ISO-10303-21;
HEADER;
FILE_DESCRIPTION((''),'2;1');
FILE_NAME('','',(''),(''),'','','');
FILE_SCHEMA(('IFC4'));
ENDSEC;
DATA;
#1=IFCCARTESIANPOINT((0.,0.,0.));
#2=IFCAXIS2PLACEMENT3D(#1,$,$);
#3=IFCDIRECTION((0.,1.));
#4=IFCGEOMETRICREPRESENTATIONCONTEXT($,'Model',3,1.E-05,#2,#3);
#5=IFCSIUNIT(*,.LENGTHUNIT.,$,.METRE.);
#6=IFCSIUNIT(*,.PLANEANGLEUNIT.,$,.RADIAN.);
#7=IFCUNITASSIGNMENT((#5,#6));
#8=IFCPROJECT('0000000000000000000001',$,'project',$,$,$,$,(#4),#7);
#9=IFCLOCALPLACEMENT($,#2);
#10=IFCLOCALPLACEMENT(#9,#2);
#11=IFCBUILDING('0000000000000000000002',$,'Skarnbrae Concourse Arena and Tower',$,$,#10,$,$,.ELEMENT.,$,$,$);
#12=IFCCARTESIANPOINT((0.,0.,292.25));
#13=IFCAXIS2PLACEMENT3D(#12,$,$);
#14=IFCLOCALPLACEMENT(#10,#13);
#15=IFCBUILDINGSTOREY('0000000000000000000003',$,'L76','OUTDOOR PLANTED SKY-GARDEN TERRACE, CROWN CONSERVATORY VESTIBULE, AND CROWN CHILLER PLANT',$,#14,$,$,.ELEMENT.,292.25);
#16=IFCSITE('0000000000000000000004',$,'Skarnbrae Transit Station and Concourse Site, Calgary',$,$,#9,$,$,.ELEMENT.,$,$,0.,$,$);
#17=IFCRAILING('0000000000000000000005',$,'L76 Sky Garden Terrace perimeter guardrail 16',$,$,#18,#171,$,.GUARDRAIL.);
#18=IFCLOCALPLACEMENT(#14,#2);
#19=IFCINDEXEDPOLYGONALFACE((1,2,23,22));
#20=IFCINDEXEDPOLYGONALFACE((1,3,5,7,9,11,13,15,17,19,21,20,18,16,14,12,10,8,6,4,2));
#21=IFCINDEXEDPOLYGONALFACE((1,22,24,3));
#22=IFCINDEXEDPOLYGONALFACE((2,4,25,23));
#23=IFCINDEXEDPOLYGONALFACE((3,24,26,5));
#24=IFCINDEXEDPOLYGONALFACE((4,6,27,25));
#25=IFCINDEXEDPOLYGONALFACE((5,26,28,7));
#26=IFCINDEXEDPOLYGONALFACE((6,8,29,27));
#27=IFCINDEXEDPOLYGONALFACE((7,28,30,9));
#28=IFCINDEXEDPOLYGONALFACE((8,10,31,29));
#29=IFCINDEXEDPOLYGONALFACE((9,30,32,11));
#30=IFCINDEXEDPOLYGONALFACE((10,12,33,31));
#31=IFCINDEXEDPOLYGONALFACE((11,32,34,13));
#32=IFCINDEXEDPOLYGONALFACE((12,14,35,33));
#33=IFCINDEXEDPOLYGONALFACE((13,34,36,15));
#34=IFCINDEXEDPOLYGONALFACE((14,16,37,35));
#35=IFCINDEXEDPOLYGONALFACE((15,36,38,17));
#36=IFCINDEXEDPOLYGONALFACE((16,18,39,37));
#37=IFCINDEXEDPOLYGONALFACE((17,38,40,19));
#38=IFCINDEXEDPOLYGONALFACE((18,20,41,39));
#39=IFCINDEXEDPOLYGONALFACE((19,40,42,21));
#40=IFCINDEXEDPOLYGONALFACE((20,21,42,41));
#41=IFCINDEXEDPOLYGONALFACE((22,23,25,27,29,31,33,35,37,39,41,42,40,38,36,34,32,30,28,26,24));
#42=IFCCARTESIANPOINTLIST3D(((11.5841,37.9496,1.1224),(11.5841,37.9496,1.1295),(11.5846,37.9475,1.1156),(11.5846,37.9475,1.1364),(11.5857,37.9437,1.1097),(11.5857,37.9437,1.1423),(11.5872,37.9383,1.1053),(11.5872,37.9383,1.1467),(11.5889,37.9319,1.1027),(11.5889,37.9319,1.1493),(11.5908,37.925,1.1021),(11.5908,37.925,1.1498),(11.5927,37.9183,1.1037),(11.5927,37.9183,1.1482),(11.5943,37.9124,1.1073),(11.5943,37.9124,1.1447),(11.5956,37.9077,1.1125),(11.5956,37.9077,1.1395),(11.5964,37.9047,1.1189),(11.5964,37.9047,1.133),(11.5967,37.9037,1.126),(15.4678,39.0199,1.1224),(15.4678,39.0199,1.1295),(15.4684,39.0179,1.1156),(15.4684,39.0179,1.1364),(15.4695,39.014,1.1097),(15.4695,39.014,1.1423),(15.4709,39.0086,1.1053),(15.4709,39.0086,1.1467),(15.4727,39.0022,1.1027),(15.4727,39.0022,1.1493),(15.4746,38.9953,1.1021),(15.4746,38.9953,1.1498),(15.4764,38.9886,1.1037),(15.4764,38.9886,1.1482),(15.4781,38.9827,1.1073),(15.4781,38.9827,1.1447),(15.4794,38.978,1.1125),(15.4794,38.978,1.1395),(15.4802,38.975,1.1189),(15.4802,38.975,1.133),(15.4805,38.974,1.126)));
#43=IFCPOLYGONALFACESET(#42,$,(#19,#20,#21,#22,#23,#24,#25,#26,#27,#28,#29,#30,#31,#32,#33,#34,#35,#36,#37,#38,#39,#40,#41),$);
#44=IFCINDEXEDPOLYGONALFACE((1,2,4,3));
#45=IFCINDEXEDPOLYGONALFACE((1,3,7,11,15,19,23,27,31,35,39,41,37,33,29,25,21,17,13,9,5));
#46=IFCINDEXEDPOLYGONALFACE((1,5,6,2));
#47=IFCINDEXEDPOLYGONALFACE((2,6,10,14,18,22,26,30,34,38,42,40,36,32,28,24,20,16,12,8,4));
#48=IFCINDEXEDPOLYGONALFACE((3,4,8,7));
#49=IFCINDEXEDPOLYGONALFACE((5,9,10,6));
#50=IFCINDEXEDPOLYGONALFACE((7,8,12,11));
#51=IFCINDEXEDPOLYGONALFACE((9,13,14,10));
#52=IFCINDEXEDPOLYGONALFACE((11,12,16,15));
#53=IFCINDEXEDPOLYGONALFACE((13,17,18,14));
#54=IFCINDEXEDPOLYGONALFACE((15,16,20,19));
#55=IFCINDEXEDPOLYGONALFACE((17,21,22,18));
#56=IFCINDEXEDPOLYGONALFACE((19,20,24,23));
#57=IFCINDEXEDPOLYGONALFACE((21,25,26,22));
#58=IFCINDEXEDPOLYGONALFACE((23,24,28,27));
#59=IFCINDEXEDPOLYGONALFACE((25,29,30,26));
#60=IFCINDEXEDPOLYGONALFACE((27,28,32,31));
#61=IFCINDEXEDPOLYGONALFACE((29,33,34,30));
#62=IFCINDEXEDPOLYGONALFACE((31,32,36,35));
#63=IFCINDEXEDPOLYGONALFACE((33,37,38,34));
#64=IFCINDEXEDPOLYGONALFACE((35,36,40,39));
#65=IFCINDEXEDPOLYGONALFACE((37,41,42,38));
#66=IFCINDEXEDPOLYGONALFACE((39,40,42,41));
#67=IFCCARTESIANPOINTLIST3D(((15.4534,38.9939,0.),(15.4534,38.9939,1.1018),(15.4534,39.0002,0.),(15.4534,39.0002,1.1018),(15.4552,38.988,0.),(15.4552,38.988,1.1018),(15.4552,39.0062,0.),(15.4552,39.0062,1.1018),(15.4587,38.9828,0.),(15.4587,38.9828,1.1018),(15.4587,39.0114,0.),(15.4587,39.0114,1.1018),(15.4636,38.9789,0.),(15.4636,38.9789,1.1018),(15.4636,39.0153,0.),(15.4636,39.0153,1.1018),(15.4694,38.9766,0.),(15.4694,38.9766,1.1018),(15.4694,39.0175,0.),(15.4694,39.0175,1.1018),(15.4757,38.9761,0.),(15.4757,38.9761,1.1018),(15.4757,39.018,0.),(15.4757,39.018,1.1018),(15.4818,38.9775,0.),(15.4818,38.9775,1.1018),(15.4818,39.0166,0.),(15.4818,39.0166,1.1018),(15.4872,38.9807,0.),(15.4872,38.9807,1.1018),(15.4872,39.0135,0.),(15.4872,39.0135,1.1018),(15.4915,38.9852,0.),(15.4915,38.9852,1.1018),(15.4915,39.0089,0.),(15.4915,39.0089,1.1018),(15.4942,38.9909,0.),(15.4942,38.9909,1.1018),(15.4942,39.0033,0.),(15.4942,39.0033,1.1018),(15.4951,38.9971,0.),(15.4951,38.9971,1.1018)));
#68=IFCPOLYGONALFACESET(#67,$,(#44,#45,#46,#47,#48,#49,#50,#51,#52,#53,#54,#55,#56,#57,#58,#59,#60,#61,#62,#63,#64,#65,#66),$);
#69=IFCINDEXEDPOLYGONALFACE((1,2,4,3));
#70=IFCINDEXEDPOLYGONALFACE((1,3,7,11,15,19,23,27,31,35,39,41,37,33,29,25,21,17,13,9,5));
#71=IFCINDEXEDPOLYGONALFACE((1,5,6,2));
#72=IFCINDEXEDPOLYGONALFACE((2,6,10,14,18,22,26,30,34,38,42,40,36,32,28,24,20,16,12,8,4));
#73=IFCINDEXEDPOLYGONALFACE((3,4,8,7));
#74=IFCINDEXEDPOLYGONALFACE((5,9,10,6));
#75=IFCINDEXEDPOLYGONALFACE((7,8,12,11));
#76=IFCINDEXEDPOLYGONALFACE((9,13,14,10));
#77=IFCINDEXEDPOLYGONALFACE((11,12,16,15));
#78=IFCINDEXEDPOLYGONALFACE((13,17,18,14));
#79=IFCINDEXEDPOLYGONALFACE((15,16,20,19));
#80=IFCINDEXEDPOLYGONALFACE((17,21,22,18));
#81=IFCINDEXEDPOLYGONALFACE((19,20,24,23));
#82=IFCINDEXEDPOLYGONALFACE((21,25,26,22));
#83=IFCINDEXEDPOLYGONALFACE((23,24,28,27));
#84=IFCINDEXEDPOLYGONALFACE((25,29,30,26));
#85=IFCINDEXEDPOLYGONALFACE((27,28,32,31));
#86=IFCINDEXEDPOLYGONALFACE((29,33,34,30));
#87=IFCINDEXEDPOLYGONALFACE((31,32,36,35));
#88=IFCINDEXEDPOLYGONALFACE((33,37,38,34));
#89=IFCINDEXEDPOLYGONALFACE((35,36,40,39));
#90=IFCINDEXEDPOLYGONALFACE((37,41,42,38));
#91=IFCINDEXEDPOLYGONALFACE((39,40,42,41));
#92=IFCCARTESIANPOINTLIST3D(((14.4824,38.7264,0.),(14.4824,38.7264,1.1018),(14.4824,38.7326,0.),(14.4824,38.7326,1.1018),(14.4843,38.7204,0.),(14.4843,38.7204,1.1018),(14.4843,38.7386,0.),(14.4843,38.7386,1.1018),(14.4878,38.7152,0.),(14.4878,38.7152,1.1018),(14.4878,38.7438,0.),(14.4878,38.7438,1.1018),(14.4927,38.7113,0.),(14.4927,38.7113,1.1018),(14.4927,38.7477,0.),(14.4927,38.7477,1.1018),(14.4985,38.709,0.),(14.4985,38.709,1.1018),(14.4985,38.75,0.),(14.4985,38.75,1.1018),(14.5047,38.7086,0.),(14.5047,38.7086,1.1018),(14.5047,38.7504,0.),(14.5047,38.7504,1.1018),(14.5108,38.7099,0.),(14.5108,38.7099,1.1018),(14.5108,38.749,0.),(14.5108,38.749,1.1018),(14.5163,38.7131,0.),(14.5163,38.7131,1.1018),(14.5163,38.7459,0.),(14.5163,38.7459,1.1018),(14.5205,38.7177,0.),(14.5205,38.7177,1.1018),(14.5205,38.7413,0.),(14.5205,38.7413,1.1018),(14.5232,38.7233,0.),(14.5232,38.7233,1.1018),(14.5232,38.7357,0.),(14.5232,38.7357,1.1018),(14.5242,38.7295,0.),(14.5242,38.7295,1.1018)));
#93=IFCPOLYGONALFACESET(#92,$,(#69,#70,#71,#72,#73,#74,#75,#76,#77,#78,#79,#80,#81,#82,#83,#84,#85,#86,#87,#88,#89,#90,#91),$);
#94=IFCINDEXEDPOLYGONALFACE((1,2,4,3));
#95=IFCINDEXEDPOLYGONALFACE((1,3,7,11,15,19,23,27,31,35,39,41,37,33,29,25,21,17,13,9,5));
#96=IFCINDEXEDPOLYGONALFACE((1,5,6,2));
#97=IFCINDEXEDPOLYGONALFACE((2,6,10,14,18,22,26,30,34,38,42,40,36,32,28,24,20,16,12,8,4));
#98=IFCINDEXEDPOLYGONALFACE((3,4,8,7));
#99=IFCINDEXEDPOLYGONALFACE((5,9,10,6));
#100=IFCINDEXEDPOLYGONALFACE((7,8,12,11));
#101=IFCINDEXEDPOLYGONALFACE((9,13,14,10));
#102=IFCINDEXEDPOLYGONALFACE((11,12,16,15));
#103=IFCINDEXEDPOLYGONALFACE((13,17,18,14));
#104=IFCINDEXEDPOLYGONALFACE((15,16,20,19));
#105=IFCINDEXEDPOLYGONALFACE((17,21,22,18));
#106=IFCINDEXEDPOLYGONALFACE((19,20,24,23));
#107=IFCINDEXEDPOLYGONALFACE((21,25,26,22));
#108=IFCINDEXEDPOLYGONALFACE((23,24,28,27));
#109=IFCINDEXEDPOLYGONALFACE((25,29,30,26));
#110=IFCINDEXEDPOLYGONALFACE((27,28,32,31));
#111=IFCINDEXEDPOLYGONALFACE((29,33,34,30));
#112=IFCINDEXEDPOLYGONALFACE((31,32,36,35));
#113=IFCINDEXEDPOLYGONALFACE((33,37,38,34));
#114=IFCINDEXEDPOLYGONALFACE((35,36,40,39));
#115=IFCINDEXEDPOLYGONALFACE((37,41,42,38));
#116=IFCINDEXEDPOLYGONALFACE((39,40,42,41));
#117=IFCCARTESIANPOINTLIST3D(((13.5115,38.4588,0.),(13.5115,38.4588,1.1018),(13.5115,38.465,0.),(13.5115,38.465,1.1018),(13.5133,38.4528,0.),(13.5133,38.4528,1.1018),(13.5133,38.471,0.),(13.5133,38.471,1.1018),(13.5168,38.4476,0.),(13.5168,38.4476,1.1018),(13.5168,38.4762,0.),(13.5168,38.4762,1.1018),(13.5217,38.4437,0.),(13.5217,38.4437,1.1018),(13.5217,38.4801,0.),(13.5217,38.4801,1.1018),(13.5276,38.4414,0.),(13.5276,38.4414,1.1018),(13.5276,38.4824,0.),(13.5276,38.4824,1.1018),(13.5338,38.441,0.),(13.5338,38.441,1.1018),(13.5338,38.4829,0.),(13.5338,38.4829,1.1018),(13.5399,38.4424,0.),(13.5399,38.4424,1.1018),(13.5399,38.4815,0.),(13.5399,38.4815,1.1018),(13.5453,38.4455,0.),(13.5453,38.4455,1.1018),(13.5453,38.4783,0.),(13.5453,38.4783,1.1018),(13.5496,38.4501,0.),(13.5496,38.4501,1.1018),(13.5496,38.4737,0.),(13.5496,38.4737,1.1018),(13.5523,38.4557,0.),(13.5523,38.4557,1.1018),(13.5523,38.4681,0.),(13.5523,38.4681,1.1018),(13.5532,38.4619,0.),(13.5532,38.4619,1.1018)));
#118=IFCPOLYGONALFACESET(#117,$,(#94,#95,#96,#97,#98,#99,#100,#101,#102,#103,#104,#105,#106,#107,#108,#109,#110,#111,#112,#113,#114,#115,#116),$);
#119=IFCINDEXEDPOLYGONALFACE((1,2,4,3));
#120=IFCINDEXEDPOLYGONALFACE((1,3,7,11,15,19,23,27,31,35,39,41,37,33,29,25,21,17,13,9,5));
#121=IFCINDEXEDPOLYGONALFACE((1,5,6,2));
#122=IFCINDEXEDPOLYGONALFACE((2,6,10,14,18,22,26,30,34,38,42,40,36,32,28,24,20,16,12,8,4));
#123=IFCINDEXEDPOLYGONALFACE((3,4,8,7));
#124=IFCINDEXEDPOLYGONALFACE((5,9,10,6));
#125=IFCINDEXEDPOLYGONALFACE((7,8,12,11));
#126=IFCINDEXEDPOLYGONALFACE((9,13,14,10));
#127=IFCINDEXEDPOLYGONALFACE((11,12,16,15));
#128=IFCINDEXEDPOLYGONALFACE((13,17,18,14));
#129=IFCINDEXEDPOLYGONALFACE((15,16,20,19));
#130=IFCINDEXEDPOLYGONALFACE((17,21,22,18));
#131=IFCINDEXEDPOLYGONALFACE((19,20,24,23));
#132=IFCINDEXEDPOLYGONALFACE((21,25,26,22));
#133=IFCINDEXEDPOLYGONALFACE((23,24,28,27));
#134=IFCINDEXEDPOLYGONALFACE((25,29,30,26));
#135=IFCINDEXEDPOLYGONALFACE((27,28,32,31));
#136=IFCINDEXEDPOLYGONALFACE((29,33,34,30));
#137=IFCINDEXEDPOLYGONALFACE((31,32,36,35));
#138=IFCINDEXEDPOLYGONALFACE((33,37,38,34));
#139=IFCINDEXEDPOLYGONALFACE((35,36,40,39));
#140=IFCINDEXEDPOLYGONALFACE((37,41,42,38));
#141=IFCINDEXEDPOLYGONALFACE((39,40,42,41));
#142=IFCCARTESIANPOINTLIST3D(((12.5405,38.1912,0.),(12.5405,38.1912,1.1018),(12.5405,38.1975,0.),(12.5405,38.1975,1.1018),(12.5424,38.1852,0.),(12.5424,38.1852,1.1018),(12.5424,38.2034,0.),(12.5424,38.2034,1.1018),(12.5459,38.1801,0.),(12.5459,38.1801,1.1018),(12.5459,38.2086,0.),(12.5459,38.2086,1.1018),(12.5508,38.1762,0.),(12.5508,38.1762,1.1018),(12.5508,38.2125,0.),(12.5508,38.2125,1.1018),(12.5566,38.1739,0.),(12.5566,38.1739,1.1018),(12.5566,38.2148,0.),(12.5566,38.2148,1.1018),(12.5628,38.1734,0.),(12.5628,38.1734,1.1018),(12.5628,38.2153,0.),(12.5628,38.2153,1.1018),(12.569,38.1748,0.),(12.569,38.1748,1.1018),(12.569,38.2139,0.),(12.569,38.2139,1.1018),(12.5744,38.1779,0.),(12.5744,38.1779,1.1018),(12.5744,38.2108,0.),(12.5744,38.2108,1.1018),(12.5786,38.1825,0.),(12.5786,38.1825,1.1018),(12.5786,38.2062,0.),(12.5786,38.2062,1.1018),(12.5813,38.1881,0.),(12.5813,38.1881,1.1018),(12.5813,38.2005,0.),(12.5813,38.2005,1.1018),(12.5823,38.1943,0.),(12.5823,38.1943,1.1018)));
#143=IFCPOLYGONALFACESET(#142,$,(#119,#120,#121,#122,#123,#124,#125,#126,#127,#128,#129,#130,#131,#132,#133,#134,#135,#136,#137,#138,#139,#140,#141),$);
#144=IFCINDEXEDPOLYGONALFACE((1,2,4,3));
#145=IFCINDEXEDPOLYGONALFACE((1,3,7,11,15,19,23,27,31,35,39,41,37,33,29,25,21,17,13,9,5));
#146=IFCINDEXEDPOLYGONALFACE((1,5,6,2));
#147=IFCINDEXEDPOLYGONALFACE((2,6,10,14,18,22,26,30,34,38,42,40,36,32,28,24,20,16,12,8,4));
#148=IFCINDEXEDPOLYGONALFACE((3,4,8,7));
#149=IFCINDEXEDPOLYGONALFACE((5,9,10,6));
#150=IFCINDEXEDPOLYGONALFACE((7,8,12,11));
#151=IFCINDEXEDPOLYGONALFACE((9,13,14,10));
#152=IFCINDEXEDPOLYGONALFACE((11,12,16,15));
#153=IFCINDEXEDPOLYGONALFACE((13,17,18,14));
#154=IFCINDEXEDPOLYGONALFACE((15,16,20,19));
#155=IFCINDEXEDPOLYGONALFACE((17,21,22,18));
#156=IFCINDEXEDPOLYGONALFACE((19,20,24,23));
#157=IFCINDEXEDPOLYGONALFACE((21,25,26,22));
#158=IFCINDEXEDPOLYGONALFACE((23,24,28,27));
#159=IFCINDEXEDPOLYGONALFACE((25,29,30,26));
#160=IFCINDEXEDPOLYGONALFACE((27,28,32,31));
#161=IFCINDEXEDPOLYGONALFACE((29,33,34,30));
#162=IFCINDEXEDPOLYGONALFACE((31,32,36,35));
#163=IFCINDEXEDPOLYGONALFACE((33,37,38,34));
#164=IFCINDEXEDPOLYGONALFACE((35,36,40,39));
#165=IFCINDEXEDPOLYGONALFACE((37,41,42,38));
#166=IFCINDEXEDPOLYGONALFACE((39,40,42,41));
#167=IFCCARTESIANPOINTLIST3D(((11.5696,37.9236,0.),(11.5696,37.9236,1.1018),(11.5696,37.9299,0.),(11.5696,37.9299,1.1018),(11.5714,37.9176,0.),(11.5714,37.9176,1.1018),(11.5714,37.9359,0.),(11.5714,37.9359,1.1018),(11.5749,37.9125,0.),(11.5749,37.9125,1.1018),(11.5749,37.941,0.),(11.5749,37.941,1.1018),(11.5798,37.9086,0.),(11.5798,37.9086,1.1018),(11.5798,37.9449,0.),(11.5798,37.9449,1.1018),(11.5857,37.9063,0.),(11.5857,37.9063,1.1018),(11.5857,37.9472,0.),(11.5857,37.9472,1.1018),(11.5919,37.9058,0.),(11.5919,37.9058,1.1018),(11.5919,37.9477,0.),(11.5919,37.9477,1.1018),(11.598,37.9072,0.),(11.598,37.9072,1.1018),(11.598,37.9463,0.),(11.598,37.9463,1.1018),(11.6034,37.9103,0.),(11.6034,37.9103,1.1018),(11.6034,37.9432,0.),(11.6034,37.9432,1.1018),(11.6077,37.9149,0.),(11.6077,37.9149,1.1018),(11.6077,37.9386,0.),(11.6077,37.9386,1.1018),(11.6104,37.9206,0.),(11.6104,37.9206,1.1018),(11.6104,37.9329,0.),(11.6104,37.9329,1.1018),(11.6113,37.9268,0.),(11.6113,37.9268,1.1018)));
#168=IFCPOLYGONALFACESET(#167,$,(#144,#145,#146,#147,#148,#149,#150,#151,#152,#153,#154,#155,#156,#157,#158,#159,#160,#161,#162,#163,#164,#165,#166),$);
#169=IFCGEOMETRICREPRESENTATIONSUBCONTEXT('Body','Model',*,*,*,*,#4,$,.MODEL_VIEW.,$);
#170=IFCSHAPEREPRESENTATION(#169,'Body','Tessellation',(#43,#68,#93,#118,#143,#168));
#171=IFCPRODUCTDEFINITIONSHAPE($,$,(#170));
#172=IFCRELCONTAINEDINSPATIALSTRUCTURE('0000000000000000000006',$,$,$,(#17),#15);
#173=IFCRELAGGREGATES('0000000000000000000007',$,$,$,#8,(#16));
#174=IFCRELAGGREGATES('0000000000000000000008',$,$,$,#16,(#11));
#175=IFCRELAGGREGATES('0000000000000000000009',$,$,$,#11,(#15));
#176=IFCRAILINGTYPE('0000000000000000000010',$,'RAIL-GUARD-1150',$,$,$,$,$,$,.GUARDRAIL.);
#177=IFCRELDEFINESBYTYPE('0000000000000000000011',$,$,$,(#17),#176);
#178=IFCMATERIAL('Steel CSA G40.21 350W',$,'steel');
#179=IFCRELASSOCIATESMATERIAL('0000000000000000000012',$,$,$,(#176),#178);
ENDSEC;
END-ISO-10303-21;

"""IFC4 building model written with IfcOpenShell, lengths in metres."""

from ifc_helpers import new_model, si_unit, direction, frame, origin, origin_2d, place, context, subcontext, project, spatial, circle, extrude, material, type_object, element, save


model = new_model("IFC4")

# Units and contexts
model_context = context("Model", 3, precision=1e-05, world=origin(), true_north=direction((0.0, 1.0)))
body_context = subcontext(model_context, "Body", "Model", "MODEL_VIEW")
ifc_project = project(units=[si_unit("LENGTHUNIT", "METRE"), si_unit("PLANEANGLEUNIT", "RADIAN")], contexts=[model_context])

# Site, building, storey
site_placement = place(None, origin())
site = spatial("IfcSite", under=ifc_project, at=site_placement, Name="Skarnbrae Transit Station and Concourse Site, Calgary", CompositionType="ELEMENT", RefElevation=0.0)
building_placement = place(site_placement, origin())
building = spatial("IfcBuilding", under=site, at=building_placement, Name="Skarnbrae Concourse Arena and Tower", CompositionType="ELEMENT")
storey_placement = place(building_placement, frame((0.0, 0.0, 292.25)))
storey = spatial("IfcBuildingStorey", under=building, at=storey_placement, Name="L76", Description="OUTDOOR PLANTED SKY-GARDEN TERRACE, CROWN CONSERVATORY VESTIBULE, AND CROWN CHILLER PLANT", CompositionType="ELEMENT", Elevation=292.25)

# Shared definitions
ifc_material_1 = material(Name="Steel CSA G40.21 350W", Category="steel")

# Railing
railing_type = type_object("IfcRailingType", Name="RAIL-GUARD-1150", PredefinedType="GUARDRAIL", material=ifc_material_1)
railing_1_placement = place(storey_placement, frame((15.4741, 38.9971, 0.0)))
element("IfcRailing", 1, at=railing_1_placement, inside=storey, type_object=railing_type, Name="L76 Sky Garden Terrace perimeter guardrail 16", PredefinedType="GUARDRAIL", context=body_context, shape_type="SweptSolid", body=[
    extrude(circle(Radius=0.0239, at=origin_2d()), frame((0.0, 0.0, 1.126), z_axis=(-0.964061, -0.26568, 0.0), x_axis=(0.26568, -0.964061, 0.0)), (0.0, 0.0, 1.0), 4.0286),
    extrude(circle(Radius=0.021, at=origin_2d()), origin(), (0.0, 0.0, 1.0), 1.1018),
    extrude(circle(Radius=0.021, at=origin_2d()), frame((-0.9709, -0.2676, 0.0)), (0.0, 0.0, 1.0), 1.1018),
    extrude(circle(Radius=0.021, at=origin_2d()), frame((-1.9419, -0.5352, 0.0)), (0.0, 0.0, 1.0), 1.1018),
    extrude(circle(Radius=0.021, at=origin_2d()), frame((-2.9128, -0.8027, 0.0)), (0.0, 0.0, 1.0), 1.1018),
    extrude(circle(Radius=0.021, at=origin_2d()), frame((-3.8838, -1.0703, 0.0)), (0.0, 0.0, 1.0), 1.1018),
])

save(model, "model.ifc")
